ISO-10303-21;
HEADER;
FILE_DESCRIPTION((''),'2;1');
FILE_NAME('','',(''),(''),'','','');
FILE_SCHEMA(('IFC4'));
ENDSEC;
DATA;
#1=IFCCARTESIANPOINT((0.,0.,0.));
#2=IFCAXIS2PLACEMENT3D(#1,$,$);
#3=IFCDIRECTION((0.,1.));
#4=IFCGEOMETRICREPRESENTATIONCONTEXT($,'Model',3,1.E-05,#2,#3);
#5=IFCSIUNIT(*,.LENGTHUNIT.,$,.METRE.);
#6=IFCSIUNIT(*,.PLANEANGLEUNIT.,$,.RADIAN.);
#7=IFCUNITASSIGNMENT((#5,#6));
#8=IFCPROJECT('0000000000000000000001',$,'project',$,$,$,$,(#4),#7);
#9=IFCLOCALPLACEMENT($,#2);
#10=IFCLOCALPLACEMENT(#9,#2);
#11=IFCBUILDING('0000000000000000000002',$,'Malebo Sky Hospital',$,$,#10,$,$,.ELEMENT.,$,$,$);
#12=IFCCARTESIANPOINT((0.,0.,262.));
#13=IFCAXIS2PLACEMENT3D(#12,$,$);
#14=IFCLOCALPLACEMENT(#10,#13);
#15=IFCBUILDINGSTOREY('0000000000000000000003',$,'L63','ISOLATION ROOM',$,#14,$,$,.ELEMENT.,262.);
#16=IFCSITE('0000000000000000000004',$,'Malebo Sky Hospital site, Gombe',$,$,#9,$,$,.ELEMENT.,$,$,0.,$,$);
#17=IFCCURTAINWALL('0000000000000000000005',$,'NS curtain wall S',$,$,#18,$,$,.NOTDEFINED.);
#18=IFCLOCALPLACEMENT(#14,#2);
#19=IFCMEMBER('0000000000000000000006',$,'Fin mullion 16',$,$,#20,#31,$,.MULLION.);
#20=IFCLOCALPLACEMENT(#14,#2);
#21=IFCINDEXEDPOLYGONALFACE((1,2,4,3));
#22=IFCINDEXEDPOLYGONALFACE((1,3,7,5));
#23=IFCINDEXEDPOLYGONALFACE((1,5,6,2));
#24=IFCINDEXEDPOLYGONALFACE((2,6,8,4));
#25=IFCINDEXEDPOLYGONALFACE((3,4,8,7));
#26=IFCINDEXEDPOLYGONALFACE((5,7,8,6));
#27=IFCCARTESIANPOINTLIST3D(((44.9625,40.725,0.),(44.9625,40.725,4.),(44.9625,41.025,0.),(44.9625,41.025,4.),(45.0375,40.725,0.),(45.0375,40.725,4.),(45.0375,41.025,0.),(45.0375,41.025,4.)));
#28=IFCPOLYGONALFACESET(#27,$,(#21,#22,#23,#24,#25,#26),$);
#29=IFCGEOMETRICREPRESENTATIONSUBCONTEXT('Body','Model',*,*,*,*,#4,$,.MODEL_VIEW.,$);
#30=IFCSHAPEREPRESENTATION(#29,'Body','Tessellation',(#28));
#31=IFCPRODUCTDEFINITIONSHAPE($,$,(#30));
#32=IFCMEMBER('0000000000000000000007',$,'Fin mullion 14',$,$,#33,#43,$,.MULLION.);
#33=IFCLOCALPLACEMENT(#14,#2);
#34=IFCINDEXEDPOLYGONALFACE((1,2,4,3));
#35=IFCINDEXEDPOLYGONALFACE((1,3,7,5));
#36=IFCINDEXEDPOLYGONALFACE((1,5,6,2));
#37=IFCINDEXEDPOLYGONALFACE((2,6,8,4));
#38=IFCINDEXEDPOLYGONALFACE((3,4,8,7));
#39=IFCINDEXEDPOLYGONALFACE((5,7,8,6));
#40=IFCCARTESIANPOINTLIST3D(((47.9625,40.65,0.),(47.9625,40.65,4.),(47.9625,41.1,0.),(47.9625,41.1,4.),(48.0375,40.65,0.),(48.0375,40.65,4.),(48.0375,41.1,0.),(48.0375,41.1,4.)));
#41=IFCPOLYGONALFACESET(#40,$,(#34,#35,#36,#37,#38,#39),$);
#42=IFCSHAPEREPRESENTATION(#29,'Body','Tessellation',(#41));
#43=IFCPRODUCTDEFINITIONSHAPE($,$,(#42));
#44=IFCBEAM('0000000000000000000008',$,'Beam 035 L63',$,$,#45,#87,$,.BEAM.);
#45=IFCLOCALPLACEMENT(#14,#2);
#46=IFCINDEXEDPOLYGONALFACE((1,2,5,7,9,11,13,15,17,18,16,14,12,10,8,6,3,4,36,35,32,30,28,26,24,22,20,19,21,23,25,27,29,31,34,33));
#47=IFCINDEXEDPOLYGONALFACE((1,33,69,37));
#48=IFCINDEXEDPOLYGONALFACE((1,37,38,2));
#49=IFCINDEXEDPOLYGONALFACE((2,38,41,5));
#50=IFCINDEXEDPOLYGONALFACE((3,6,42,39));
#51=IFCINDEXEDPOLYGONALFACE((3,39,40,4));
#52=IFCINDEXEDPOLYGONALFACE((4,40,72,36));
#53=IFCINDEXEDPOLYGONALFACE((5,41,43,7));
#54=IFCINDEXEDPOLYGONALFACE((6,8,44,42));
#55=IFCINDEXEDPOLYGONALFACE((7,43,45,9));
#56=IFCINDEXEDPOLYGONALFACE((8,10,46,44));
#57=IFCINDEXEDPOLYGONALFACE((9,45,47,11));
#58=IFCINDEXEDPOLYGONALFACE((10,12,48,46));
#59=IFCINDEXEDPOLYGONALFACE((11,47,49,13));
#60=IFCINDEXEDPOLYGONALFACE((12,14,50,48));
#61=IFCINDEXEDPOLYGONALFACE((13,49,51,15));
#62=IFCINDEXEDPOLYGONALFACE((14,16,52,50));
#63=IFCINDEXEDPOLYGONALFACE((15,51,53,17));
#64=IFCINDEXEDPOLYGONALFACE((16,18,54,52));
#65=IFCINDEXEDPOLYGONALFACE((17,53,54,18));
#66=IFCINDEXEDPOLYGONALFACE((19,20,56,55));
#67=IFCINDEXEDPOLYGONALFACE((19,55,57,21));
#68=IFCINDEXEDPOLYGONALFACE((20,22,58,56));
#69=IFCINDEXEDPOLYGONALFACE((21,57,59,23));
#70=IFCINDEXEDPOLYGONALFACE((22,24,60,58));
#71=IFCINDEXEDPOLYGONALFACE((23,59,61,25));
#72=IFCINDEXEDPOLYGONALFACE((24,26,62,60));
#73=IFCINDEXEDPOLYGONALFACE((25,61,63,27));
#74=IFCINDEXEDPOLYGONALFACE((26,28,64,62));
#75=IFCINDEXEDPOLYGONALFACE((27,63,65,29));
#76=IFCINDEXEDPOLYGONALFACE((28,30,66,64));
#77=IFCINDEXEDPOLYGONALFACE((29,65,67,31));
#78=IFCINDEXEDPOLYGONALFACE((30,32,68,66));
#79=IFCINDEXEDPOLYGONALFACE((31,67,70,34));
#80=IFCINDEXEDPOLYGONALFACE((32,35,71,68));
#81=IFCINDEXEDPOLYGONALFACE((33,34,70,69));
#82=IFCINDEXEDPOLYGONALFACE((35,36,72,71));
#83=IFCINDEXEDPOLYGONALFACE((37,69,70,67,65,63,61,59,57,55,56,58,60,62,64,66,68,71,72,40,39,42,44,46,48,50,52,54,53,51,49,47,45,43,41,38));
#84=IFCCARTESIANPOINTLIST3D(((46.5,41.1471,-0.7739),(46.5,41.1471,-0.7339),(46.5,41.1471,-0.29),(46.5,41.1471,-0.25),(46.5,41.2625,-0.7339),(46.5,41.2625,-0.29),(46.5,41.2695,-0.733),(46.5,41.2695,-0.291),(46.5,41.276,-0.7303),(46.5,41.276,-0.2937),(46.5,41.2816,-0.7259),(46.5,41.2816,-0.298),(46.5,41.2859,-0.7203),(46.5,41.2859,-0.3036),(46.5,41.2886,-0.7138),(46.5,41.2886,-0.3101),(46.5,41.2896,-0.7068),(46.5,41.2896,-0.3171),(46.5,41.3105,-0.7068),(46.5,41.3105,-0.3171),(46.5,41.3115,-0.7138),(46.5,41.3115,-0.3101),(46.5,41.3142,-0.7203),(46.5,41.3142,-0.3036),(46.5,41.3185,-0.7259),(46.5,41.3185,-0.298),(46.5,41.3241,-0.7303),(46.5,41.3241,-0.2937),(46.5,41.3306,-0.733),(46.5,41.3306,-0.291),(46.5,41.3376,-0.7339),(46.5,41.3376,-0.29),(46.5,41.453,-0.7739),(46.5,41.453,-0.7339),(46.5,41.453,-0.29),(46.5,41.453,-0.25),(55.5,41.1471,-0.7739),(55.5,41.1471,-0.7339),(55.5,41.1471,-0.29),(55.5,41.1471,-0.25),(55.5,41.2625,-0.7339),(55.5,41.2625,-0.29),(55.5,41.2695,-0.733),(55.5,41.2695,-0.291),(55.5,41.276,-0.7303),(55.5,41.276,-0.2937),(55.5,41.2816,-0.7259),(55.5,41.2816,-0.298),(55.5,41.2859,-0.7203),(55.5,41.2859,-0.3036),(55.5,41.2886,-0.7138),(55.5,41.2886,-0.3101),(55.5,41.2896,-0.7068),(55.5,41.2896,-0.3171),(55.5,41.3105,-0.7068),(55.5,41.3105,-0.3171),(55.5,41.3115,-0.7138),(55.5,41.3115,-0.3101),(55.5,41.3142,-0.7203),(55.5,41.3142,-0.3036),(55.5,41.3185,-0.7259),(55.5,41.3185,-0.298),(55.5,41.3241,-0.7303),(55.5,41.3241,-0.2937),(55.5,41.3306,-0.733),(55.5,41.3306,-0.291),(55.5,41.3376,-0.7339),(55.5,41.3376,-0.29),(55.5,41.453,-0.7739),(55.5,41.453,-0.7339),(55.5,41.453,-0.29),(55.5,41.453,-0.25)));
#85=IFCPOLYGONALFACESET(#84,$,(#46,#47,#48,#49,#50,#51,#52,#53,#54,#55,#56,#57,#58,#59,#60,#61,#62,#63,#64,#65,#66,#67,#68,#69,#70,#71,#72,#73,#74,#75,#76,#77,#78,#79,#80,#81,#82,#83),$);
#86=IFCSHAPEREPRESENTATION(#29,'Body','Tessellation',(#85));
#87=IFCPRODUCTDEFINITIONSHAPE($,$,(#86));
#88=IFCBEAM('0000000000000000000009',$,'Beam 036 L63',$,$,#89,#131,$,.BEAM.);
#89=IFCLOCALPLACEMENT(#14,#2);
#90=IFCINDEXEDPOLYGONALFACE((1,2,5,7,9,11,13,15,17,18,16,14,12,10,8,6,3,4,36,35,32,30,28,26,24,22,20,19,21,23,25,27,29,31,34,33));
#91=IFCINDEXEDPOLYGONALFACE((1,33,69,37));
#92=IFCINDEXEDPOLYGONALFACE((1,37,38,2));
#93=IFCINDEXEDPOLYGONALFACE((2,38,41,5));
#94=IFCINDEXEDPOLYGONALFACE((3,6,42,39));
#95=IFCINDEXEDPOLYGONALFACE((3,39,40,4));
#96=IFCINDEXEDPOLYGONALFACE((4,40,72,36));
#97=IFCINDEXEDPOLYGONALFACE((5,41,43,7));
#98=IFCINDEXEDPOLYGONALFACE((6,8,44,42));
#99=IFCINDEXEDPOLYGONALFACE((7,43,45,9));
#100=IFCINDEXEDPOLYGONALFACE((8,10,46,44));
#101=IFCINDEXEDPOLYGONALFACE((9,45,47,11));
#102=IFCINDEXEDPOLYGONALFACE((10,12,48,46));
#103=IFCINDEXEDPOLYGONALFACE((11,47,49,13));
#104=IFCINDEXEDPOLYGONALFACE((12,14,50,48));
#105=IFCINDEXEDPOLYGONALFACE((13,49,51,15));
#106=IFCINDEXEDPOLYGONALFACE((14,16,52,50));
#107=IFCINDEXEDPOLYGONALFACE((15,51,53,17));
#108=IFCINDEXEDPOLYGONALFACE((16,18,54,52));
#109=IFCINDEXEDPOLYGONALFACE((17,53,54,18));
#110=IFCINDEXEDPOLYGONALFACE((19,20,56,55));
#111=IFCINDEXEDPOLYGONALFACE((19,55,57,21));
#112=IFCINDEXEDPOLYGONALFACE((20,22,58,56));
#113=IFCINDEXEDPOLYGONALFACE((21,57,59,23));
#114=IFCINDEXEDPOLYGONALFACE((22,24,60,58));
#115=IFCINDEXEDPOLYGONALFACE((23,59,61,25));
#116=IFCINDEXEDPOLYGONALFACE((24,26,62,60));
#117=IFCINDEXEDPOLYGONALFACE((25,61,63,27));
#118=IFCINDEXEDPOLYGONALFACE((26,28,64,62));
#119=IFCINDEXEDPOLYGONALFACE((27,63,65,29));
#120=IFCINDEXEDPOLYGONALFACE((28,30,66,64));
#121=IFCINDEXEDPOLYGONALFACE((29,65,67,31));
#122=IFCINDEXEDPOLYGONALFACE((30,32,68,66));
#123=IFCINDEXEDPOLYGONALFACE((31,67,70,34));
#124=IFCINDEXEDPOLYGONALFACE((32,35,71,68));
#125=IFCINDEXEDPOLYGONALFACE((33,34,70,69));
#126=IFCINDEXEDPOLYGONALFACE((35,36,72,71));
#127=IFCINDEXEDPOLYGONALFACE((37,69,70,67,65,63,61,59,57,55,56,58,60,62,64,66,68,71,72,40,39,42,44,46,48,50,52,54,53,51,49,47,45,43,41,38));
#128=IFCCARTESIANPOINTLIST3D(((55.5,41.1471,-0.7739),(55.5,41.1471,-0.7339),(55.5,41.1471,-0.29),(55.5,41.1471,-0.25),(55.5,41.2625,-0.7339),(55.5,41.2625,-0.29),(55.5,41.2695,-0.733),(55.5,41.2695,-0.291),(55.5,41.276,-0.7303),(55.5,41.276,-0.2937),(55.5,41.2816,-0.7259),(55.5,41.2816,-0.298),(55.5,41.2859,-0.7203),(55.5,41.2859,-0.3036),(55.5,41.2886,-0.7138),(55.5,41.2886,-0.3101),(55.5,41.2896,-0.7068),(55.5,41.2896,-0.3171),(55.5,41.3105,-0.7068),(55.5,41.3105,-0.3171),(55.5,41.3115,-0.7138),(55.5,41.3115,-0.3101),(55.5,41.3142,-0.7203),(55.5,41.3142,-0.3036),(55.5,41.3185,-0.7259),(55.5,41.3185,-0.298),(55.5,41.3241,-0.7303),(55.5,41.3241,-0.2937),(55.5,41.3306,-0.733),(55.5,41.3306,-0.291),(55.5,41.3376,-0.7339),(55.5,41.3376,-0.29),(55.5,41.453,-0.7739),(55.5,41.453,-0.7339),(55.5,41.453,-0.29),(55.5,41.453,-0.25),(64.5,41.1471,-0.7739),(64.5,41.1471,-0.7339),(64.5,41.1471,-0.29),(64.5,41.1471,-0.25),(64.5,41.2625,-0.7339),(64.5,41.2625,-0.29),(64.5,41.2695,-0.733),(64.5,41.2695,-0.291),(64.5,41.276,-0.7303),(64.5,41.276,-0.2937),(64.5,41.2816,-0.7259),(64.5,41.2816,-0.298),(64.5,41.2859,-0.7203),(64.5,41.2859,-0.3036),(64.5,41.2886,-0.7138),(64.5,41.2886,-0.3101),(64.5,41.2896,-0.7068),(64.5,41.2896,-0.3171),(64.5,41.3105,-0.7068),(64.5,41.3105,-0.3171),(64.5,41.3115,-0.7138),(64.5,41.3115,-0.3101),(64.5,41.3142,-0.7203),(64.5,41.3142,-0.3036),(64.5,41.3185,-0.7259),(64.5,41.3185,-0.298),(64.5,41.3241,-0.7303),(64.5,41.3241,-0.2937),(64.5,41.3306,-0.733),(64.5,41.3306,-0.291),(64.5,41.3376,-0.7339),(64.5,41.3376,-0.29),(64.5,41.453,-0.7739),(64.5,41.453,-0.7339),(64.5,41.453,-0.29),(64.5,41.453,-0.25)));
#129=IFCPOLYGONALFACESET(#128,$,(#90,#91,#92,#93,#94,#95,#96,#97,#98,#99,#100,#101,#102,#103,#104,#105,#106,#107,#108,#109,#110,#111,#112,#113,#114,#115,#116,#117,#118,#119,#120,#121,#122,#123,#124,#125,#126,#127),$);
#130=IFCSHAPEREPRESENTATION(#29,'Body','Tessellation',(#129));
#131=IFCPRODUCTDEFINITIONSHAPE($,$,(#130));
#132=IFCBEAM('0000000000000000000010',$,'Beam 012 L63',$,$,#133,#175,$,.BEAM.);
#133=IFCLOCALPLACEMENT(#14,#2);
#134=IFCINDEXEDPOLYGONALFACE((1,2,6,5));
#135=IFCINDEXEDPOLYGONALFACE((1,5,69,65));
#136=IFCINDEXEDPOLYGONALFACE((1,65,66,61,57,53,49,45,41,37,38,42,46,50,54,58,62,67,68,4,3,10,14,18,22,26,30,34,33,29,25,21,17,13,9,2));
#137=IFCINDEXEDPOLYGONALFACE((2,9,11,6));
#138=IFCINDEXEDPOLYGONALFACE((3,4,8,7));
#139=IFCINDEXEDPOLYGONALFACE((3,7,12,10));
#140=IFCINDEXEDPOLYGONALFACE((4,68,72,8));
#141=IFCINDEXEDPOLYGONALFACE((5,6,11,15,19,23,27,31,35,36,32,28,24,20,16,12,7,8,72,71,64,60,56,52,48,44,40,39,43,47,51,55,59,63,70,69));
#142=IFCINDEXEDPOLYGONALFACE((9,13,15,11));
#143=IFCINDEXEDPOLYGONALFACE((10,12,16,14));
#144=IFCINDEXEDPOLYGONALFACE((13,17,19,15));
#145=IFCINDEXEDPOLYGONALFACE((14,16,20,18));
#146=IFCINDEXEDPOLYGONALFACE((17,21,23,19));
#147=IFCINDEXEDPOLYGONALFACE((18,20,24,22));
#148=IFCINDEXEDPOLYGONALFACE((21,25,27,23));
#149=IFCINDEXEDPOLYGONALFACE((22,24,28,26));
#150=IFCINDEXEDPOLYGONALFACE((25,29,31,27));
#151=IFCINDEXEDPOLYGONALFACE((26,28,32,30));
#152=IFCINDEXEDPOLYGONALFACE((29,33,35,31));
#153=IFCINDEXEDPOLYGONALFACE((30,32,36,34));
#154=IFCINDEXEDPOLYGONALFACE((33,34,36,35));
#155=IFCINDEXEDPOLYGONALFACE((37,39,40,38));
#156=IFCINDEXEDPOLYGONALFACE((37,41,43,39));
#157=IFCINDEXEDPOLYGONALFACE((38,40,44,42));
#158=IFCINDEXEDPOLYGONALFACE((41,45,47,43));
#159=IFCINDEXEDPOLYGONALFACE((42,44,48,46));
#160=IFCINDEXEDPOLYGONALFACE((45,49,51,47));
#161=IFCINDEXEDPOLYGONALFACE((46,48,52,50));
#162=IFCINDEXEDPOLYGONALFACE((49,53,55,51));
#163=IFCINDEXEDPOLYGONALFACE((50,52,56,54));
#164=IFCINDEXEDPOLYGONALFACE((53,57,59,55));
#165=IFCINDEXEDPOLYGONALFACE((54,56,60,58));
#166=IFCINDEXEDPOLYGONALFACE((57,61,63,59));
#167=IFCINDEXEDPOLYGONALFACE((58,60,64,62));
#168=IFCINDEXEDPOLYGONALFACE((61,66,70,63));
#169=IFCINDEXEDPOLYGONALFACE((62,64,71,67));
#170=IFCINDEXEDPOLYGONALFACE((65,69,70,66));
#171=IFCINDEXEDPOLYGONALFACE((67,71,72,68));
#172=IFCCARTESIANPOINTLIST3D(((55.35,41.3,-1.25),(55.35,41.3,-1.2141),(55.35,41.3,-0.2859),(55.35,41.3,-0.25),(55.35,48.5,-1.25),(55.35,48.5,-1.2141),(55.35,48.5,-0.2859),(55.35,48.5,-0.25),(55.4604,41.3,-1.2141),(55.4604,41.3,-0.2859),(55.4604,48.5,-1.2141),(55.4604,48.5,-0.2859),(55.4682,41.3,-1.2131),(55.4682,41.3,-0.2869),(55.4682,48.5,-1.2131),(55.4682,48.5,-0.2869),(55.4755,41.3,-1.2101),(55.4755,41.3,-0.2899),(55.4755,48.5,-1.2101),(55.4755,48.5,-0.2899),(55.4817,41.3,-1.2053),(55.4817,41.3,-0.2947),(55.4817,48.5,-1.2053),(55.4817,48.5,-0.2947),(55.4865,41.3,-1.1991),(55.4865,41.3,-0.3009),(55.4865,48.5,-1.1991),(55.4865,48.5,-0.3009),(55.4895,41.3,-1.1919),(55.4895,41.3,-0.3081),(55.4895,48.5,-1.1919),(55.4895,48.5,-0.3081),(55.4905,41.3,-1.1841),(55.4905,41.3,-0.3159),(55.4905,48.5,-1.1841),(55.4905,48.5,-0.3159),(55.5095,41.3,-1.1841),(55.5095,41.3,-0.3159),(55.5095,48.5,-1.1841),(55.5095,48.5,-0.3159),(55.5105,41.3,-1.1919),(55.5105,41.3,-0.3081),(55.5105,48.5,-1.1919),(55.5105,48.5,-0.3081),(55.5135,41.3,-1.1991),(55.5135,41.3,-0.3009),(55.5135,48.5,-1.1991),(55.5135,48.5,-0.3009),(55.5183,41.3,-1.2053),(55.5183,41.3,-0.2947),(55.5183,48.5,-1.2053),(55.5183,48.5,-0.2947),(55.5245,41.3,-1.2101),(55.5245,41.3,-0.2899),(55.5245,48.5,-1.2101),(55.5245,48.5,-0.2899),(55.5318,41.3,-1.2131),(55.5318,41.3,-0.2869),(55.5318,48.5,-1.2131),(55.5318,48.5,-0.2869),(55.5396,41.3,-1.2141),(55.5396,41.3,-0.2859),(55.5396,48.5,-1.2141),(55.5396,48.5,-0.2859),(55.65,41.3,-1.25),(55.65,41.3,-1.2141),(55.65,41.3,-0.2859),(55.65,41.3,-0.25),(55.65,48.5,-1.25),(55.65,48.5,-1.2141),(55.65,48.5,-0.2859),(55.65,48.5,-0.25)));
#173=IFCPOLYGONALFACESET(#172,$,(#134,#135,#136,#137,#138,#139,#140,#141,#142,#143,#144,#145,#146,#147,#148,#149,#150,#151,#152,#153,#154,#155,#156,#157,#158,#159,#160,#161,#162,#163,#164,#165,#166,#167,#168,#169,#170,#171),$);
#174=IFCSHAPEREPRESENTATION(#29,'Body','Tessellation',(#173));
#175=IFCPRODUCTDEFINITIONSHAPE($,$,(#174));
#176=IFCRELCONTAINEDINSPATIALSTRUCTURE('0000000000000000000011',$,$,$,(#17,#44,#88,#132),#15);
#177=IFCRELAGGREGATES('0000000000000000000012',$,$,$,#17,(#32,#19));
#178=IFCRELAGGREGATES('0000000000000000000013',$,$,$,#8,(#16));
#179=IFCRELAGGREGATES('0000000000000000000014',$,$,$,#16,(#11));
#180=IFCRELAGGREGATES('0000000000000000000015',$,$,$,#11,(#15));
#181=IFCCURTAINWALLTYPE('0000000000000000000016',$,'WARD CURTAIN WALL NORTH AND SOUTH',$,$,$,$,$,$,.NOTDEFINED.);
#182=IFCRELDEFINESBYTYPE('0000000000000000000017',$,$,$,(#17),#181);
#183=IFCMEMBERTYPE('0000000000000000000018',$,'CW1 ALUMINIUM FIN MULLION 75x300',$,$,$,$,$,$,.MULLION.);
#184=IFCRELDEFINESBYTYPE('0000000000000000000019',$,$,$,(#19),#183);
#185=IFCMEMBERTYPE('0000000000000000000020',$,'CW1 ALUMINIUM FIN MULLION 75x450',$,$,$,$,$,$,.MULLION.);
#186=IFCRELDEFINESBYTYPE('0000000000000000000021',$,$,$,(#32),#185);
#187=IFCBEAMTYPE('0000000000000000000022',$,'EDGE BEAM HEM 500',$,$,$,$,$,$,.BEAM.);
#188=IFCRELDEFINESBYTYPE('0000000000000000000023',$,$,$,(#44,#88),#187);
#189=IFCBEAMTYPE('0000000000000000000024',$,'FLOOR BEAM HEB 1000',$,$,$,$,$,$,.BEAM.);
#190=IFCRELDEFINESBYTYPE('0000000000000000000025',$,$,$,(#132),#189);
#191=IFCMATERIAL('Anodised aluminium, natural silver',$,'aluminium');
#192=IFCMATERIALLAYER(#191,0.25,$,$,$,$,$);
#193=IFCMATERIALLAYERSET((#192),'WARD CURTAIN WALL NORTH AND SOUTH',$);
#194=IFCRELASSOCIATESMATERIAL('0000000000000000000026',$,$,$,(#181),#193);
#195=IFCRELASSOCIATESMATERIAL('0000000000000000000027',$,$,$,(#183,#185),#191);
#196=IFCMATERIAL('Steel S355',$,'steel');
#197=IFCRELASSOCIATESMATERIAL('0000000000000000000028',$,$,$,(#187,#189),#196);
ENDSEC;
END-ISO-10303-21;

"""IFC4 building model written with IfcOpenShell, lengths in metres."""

from ifc_helpers import new_model, si_unit, direction, frame, origin, origin_2d, place, context, subcontext, project, spatial, rectangle, i_section, extrude, material, layer, layer_set, material_profile, profile_set, type_object, element, aggregate, save


model = new_model("IFC4")

# Units and contexts
model_context = context("Model", 3, precision=1e-05, world=origin(), true_north=direction((0.0, 1.0)))
body_context = subcontext(model_context, "Body", "Model", "MODEL_VIEW")
ifc_project = project(units=[si_unit("LENGTHUNIT", "METRE"), si_unit("PLANEANGLEUNIT", "RADIAN")], contexts=[model_context])

# Site, building, storey
site_placement = place(None, origin())
site = spatial("IfcSite", under=ifc_project, at=site_placement, Name="Malebo Sky Hospital site, Gombe", CompositionType="ELEMENT", RefElevation=0.0)
building_placement = place(site_placement, origin())
building = spatial("IfcBuilding", under=site, at=building_placement, Name="Malebo Sky Hospital", CompositionType="ELEMENT")
storey_placement = place(building_placement, frame((0.0, 0.0, 262.0)))
storey = spatial("IfcBuildingStorey", under=building, at=storey_placement, Name="L63", Description="ISOLATION ROOM", CompositionType="ELEMENT", Elevation=262.0)

# Curtain wall
ifc_material_1 = material(Name="Anodised aluminium, natural silver", Category="aluminium")
ifc_layer_1 = layer(ifc_material_1, 0.25)
ifc_layer_set_1 = layer_set([ifc_layer_1], Name="WARD CURTAIN WALL NORTH AND SOUTH")
curtain_wall_type = type_object("IfcCurtainWallType", Name="WARD CURTAIN WALL NORTH AND SOUTH", PredefinedType="NOTDEFINED", material=ifc_layer_set_1)
curtain_wall_placement = place(storey_placement, origin())
curtain_wall = element("IfcCurtainWall", 1, at=curtain_wall_placement, inside=storey, type_object=curtain_wall_type, Name="NS curtain wall S", PredefinedType="NOTDEFINED")

# Members
ifc_material_2 = material(Name="Steel S355", Category="steel")
ifc_material_profile_1 = material_profile(ifc_material_1, rectangle(XDim=0.075, YDim=0.3, at=origin_2d()), Name="CW1 ALUMINIUM FIN MULLION 75x300")
ifc_profile_set_1 = profile_set([ifc_material_profile_1], Name="Anodised aluminium, natural silver")
member_type_1 = type_object("IfcMemberType", Name="CW1 ALUMINIUM FIN MULLION 75x300", PredefinedType="MULLION", material=ifc_profile_set_1)
member_1_placement = place(storey_placement, frame((45.0, 40.875, 0.0), z_axis=(0.0, 0.0, 1.0), x_axis=(-1.0, 0.0, 0.0)))
member_1 = element("IfcMember", 2, at=member_1_placement, type_object=member_type_1, Name="Fin mullion 16", PredefinedType="MULLION", context=body_context, shape_type="SweptSolid", body=[
    extrude(rectangle(XDim=0.075, YDim=0.3, at=origin_2d()), origin(), (0.0, 0.0, 1.0), 4.0),
])
ifc_material_profile_2 = material_profile(ifc_material_1, rectangle(XDim=0.075, YDim=0.45, at=origin_2d()), Name="CW1 ALUMINIUM FIN MULLION 75x450")
ifc_profile_set_2 = profile_set([ifc_material_profile_2], Name="Anodised aluminium, natural silver")
member_type_2 = type_object("IfcMemberType", Name="CW1 ALUMINIUM FIN MULLION 75x450", PredefinedType="MULLION", material=ifc_profile_set_2)
member_2_placement = place(storey_placement, frame((48.0, 40.875, 0.0), z_axis=(0.0, 0.0, 1.0), x_axis=(-1.0, 0.0, 0.0)))
member_2 = element("IfcMember", 3, at=member_2_placement, type_object=member_type_2, Name="Fin mullion 14", PredefinedType="MULLION", context=body_context, shape_type="SweptSolid", body=[
    extrude(rectangle(XDim=0.075, YDim=0.45, at=origin_2d()), origin(), (0.0, 0.0, 1.0), 4.0),
])

# Beams
ifc_material_profile_3 = material_profile(ifc_material_2, i_section(OverallWidth=0.3059, OverallDepth=0.5239, WebThickness=0.021, FlangeThickness=0.04, FilletRadius=0.0271, at=origin_2d()), Name="HEM 500")
ifc_profile_set_3 = profile_set([ifc_material_profile_3], Name="Steel S355")
beam_type_1 = type_object("IfcBeamType", Name="EDGE BEAM HEM 500", PredefinedType="BEAM", material=ifc_profile_set_3)
for number, where, z_axis, x_axis, name in (
    (4, (46.5, 41.3, -0.512), (1.0, 0.0, 0.0), (0.0, 1.0, 0.0), "Beam 035 L63"),
    (5, (55.5, 41.3, -0.512), (1.0, 0.0, 0.0), (0.0, 1.0, 0.0), "Beam 036 L63"),
):
    element("IfcBeam", number, at=place(storey_placement, frame(where, z_axis=z_axis, x_axis=x_axis)), inside=storey, type_object=beam_type_1, Name=name, PredefinedType="BEAM", context=body_context, shape_type="SweptSolid", body=[
        extrude(i_section(OverallWidth=0.3059, OverallDepth=0.5239, WebThickness=0.021, FlangeThickness=0.04, FilletRadius=0.0271, at=origin_2d()), origin(), (0.0, 0.0, 1.0), 9.0),
    ])
ifc_material_profile_4 = material_profile(ifc_material_2, i_section(OverallWidth=0.3, OverallDepth=1.0, WebThickness=0.019, FlangeThickness=0.0359, FilletRadius=0.03, at=origin_2d()), Name="HEB 1000")
ifc_profile_set_4 = profile_set([ifc_material_profile_4], Name="Steel S355")
beam_type_2 = type_object("IfcBeamType", Name="FLOOR BEAM HEB 1000", PredefinedType="BEAM", material=ifc_profile_set_4)
beam_1_placement = place(storey_placement, frame((55.5, 41.3, -0.75), z_axis=(0.0, 1.0, 0.0), x_axis=(-1.0, 0.0, 0.0)))
element("IfcBeam", 6, at=beam_1_placement, inside=storey, type_object=beam_type_2, Name="Beam 012 L63", PredefinedType="BEAM", context=body_context, shape_type="SweptSolid", body=[
    extrude(i_section(OverallWidth=0.3, OverallDepth=1.0, WebThickness=0.019, FlangeThickness=0.0359, FilletRadius=0.03, at=origin_2d()), origin(), (0.0, 0.0, 1.0), 7.2),
])

aggregate(curtain_wall, [member_2, member_1])

save(model, "model.ifc")
